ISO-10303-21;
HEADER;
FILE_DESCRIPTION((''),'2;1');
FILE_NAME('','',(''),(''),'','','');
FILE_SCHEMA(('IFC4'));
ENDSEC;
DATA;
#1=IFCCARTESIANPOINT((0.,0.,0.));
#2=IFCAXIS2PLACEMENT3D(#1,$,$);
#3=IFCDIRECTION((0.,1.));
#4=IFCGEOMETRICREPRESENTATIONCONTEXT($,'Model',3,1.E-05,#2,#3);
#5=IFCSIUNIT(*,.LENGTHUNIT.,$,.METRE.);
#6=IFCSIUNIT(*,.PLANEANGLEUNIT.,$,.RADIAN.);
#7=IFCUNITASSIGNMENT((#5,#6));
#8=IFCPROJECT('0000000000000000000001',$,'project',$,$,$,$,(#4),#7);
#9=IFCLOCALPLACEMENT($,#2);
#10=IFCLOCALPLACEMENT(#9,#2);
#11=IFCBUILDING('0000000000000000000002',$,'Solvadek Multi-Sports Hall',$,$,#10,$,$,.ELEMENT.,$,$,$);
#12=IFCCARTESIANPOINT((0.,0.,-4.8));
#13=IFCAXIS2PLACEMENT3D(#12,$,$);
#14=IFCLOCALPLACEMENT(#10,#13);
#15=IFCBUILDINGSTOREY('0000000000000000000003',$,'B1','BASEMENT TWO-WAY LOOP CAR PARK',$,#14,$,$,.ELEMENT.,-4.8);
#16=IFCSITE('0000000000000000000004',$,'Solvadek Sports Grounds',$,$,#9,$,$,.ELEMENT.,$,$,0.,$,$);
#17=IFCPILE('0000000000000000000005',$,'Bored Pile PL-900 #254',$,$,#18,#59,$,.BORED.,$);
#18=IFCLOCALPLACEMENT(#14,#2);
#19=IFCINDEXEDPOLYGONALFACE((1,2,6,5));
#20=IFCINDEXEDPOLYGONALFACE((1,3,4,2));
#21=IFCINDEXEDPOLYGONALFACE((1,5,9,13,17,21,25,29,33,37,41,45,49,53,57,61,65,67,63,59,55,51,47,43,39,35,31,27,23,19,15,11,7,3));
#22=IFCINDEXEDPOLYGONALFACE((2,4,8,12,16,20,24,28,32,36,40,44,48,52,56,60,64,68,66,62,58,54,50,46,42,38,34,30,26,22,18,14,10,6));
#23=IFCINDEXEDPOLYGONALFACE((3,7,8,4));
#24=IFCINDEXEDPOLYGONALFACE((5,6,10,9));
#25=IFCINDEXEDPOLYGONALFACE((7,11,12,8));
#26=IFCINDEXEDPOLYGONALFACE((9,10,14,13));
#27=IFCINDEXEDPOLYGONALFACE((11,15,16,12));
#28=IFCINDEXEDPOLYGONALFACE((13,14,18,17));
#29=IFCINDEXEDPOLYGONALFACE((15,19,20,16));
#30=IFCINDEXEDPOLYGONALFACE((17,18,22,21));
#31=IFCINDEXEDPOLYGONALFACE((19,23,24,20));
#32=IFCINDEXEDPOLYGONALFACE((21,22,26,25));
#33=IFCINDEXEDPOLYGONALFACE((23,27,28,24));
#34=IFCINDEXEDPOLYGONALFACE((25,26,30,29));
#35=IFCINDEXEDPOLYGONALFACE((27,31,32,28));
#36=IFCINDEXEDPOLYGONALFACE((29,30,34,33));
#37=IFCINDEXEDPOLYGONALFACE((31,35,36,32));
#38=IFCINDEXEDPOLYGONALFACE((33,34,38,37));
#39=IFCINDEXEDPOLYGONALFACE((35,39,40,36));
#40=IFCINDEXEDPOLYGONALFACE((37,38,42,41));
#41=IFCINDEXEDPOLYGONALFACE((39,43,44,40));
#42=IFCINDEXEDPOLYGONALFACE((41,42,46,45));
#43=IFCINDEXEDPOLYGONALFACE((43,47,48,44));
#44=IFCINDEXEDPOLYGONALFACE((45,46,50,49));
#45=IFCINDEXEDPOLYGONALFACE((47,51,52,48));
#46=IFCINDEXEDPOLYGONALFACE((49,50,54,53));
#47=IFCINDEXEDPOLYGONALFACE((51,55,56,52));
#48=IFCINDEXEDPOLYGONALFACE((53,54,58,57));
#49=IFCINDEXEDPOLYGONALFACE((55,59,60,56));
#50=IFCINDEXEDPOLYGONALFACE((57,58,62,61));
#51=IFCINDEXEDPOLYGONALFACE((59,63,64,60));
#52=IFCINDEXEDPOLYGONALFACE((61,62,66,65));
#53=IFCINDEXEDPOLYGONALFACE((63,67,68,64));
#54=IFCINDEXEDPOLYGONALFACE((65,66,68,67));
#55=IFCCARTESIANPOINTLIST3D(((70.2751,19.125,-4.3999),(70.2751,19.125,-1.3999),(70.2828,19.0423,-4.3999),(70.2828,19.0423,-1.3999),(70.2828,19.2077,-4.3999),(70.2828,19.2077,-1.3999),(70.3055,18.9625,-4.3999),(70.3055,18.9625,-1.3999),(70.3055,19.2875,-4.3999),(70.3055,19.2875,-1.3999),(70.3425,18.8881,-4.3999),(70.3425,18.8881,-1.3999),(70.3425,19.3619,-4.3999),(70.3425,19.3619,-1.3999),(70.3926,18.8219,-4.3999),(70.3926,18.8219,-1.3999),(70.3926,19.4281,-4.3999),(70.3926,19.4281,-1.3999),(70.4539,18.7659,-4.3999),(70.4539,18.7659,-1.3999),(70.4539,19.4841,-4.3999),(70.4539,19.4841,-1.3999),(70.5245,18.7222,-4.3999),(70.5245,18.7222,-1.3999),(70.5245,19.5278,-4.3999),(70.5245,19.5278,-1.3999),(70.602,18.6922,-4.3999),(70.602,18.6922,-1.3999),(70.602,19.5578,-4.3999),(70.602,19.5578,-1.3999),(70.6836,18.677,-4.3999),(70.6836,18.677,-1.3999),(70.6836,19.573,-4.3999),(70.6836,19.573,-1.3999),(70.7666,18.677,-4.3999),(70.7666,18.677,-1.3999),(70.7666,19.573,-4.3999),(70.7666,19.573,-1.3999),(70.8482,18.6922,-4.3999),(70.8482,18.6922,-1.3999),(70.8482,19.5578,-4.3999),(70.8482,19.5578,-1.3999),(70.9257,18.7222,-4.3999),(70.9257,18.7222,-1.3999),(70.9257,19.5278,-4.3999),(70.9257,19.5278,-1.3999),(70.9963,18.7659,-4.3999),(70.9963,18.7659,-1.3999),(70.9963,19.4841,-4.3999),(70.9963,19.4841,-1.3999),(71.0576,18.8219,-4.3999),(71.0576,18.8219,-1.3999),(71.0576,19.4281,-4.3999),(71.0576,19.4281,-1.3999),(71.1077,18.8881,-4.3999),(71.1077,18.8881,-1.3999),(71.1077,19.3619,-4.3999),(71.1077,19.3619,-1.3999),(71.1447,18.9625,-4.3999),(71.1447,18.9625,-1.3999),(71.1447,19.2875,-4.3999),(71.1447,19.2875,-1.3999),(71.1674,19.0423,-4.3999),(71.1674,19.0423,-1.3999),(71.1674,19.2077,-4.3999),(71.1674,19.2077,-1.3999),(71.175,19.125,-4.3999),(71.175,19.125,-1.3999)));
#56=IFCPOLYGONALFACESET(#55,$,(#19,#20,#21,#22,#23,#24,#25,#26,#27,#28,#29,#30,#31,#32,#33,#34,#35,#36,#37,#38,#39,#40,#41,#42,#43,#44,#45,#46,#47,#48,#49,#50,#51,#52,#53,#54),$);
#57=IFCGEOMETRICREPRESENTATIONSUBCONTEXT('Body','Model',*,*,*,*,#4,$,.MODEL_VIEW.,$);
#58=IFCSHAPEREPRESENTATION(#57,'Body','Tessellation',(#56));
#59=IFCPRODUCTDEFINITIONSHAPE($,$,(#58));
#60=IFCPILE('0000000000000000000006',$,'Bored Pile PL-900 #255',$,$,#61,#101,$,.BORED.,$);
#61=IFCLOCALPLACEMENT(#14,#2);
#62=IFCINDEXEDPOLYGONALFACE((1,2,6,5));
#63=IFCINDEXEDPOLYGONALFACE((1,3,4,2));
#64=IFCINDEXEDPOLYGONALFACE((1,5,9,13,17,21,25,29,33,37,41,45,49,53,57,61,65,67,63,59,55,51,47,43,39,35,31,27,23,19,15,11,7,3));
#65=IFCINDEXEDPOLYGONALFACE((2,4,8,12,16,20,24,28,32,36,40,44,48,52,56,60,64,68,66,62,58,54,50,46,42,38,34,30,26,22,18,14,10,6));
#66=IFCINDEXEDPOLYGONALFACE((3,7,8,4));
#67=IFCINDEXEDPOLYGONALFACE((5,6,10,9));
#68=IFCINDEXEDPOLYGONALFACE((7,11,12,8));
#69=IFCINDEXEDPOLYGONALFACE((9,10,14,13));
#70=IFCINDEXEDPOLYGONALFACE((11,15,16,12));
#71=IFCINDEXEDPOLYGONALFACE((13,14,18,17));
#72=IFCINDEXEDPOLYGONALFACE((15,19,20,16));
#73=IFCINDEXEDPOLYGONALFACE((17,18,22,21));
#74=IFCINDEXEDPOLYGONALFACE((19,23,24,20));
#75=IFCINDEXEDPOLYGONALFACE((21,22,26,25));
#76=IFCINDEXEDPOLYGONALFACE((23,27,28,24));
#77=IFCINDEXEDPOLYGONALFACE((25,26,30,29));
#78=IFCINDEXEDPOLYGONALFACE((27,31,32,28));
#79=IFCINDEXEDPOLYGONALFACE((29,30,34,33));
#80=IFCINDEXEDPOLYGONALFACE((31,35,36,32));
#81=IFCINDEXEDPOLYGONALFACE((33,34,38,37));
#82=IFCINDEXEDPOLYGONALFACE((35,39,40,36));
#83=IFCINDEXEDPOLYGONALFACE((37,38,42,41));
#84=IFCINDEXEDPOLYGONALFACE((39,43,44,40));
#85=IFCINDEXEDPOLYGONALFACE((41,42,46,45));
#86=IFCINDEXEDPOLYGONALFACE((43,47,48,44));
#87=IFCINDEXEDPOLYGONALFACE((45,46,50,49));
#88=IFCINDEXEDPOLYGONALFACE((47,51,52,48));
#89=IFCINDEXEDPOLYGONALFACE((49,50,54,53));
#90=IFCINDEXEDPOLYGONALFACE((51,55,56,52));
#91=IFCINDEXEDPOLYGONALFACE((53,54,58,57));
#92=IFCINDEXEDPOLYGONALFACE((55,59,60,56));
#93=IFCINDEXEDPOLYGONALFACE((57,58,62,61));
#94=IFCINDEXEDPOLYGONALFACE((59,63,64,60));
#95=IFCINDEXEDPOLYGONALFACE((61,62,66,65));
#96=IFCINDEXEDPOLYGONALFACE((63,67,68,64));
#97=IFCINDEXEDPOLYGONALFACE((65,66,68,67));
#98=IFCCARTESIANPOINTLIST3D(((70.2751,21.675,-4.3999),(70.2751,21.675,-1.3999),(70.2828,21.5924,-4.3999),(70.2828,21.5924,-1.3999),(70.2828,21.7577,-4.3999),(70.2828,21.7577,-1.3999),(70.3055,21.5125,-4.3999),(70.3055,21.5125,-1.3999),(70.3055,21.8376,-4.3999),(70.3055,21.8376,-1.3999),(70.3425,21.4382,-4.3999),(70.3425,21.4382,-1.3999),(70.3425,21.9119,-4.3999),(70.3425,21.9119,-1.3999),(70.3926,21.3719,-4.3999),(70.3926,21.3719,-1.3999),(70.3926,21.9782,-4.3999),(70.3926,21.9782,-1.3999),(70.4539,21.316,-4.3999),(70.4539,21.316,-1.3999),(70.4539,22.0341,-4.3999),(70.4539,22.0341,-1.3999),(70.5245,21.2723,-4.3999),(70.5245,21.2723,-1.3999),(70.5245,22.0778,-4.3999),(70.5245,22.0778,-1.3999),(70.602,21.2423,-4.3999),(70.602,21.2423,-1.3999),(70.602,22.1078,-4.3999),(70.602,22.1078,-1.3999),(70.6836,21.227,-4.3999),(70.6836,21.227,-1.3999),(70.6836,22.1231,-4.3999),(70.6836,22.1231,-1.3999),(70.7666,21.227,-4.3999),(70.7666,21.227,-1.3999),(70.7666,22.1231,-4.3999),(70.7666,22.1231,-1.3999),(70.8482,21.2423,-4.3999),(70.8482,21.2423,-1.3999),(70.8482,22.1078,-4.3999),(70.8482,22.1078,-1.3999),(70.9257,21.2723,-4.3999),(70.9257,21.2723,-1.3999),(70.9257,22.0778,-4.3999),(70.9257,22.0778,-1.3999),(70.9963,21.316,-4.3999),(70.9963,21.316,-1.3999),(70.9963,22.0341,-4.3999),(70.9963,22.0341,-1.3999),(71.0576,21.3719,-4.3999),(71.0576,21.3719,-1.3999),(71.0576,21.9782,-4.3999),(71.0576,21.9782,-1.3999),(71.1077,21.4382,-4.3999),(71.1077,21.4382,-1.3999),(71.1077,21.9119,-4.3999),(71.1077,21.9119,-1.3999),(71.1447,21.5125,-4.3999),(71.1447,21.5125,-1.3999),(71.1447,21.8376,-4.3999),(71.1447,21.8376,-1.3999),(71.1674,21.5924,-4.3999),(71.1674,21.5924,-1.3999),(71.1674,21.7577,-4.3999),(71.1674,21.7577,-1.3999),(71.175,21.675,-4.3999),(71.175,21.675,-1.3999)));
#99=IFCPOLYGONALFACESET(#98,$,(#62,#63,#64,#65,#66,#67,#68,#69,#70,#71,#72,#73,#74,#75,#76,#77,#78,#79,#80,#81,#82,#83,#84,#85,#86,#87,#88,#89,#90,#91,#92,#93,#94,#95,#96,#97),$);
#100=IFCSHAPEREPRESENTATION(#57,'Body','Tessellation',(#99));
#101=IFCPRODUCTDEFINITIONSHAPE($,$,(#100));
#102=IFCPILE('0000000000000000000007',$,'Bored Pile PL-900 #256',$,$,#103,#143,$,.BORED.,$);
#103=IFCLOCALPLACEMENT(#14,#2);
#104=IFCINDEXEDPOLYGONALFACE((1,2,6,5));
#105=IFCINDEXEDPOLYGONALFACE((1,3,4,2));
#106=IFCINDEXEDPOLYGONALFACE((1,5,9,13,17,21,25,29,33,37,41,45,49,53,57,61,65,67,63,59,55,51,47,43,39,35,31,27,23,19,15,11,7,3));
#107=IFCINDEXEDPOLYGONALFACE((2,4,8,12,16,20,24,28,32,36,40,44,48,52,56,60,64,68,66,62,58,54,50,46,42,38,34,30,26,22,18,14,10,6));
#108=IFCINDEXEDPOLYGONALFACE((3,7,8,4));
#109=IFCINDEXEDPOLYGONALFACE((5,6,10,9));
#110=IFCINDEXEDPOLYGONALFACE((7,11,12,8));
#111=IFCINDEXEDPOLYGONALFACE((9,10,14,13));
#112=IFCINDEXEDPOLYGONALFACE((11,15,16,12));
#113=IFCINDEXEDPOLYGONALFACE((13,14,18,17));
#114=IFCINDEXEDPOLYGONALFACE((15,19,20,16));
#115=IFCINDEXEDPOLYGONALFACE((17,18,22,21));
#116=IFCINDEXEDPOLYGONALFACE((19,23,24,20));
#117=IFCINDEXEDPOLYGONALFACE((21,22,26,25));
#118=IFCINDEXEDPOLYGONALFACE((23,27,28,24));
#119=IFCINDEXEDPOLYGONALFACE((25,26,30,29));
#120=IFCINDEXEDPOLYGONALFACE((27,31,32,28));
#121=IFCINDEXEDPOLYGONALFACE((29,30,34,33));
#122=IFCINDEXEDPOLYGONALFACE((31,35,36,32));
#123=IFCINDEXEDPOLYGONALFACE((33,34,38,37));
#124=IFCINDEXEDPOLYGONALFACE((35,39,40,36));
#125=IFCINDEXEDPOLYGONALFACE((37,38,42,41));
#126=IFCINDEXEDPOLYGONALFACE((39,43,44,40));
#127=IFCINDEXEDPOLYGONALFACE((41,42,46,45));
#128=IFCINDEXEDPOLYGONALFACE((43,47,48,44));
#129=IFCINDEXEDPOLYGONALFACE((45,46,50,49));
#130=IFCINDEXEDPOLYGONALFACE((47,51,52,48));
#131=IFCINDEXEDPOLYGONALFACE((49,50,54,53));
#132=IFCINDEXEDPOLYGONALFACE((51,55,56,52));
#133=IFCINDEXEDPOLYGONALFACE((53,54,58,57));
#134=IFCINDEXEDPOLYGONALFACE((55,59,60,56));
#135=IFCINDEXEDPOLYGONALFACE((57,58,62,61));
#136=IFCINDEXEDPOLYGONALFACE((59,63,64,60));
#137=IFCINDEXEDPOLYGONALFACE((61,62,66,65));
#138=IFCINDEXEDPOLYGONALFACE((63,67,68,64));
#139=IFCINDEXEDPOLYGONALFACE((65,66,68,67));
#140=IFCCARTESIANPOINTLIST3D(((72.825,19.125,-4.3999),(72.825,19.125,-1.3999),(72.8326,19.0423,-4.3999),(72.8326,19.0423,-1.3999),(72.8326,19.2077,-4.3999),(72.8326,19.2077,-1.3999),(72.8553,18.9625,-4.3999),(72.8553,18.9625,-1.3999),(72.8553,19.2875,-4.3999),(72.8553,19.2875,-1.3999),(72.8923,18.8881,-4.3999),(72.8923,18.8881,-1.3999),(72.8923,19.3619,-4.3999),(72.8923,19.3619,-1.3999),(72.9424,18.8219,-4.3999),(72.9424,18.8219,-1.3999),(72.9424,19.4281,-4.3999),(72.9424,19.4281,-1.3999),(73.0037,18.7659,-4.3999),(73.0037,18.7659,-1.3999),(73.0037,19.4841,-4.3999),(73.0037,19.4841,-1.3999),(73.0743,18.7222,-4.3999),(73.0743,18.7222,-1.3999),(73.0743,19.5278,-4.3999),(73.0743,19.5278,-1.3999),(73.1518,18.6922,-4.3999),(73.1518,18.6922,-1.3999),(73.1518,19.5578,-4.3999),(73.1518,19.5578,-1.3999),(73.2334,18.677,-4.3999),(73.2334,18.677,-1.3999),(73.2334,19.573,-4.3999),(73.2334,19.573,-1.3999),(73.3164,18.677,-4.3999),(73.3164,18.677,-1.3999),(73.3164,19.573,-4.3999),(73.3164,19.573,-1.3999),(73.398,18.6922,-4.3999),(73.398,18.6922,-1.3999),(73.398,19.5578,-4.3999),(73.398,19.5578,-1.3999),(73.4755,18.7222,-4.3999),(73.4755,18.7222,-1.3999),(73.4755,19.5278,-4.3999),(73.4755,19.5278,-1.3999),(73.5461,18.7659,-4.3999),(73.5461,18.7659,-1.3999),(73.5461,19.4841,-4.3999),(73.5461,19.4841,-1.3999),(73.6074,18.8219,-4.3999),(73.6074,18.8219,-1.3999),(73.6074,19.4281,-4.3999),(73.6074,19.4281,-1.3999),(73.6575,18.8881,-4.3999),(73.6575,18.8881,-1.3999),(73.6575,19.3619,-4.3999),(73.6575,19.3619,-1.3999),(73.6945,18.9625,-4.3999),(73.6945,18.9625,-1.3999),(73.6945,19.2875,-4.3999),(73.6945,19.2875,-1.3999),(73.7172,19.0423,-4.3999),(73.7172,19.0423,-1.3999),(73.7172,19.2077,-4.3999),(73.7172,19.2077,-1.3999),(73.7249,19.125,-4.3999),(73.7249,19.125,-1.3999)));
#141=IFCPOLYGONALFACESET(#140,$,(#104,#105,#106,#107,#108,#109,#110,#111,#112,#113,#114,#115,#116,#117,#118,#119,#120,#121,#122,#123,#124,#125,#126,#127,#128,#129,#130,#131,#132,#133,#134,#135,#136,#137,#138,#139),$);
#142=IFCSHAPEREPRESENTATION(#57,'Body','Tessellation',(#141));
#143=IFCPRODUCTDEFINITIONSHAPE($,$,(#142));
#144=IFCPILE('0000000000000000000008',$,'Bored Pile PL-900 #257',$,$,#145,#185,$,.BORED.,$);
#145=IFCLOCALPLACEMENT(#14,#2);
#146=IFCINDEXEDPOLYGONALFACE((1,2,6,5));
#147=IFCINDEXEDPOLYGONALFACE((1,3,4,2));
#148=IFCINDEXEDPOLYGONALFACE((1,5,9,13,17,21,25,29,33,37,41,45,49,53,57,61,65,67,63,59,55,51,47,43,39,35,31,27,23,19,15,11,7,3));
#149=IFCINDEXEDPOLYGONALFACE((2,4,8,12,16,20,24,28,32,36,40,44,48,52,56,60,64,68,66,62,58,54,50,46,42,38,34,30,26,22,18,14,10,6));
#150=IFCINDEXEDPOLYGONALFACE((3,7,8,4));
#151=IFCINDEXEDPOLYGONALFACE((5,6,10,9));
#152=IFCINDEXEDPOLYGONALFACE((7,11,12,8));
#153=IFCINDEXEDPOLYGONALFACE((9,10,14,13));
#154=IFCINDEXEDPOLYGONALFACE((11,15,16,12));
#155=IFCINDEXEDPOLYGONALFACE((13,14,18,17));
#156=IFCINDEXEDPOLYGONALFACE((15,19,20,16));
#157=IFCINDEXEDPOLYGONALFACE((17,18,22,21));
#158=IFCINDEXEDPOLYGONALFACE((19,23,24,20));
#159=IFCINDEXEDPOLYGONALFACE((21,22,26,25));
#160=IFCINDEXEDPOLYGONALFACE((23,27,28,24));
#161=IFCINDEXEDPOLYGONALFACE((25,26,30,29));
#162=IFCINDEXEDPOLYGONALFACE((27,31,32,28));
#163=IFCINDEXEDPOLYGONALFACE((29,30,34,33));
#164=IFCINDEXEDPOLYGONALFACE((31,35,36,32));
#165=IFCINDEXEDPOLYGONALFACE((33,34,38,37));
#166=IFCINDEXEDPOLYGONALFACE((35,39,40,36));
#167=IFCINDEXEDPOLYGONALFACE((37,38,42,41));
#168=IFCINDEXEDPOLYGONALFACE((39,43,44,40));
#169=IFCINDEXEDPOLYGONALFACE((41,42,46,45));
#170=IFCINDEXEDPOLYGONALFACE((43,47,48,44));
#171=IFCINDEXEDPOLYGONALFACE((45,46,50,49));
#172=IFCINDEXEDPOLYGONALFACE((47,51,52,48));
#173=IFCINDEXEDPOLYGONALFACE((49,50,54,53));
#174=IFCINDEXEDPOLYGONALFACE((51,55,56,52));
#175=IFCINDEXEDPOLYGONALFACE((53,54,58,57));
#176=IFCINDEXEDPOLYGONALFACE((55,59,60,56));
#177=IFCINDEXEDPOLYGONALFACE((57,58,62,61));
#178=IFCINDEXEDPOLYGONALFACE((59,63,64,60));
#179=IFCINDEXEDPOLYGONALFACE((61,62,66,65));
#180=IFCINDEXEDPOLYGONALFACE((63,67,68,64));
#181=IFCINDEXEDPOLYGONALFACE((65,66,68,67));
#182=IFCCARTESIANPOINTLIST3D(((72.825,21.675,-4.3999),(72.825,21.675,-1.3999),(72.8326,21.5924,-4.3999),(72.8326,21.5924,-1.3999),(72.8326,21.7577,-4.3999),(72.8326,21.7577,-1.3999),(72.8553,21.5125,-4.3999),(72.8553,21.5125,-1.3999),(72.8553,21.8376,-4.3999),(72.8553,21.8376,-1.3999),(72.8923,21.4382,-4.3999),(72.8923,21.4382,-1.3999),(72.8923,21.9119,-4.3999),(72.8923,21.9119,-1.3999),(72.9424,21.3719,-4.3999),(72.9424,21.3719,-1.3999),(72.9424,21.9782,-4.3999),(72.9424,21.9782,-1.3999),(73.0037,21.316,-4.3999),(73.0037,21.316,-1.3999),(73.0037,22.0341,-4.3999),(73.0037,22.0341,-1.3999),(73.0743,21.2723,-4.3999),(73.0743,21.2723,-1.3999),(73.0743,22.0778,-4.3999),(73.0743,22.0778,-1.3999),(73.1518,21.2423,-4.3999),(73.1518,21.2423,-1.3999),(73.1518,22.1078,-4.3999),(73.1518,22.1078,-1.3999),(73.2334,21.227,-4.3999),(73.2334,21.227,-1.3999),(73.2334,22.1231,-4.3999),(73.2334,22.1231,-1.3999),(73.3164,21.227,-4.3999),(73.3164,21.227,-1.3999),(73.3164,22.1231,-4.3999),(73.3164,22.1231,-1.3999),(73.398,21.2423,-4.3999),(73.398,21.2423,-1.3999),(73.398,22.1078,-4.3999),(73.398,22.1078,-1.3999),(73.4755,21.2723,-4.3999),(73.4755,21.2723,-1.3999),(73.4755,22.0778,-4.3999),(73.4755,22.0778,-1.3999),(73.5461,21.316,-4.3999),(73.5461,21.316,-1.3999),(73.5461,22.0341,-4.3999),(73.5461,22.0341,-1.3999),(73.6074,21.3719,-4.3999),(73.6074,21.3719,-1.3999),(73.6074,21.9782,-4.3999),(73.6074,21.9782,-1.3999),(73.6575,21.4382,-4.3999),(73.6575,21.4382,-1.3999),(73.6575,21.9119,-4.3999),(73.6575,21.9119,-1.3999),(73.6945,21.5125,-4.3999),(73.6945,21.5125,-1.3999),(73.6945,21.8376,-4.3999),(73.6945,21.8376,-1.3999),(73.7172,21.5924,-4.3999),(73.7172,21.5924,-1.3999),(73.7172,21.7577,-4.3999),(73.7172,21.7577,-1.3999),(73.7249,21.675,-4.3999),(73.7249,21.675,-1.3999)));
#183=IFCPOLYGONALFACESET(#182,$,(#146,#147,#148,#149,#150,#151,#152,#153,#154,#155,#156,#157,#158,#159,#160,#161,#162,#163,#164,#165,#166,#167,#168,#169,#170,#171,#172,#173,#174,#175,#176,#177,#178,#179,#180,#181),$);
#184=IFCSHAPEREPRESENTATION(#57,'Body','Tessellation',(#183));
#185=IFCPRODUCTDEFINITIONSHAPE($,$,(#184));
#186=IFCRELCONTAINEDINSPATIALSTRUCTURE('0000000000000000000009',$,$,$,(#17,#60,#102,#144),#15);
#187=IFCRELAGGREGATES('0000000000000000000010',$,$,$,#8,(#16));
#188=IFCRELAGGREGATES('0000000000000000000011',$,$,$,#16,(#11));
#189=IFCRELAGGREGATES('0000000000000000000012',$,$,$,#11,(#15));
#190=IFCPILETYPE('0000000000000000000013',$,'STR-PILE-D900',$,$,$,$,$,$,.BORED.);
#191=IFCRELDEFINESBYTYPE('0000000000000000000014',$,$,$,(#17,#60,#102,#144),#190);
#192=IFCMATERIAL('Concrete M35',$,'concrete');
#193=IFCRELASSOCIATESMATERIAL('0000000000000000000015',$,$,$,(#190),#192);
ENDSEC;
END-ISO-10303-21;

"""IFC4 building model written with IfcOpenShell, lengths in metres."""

from ifc_helpers import new_model, si_unit, direction, frame, origin, origin_2d, place, context, subcontext, project, spatial, circle, extrude, material, material_profile, profile_set, type_object, element, save


model = new_model("IFC4")

# Units and contexts
model_context = context("Model", 3, precision=1e-05, world=origin(), true_north=direction((0.0, 1.0)))
body_context = subcontext(model_context, "Body", "Model", "MODEL_VIEW")
ifc_project = project(units=[si_unit("LENGTHUNIT", "METRE"), si_unit("PLANEANGLEUNIT", "RADIAN")], contexts=[model_context])

# Site, building, storey
site_placement = place(None, origin())
site = spatial("IfcSite", under=ifc_project, at=site_placement, Name="Solvadek Sports Grounds", CompositionType="ELEMENT", RefElevation=0.0)
building_placement = place(site_placement, origin())
building = spatial("IfcBuilding", under=site, at=building_placement, Name="Solvadek Multi-Sports Hall", CompositionType="ELEMENT")
storey_placement = place(building_placement, frame((0.0, 0.0, -4.8)))
storey = spatial("IfcBuildingStorey", under=building, at=storey_placement, Name="B1", Description="BASEMENT TWO-WAY LOOP CAR PARK", CompositionType="ELEMENT", Elevation=-4.8)

# Piles
ifc_material_1 = material(Name="Concrete M35", Category="concrete")
ifc_material_profile_1 = material_profile(ifc_material_1, circle(Radius=0.45, at=origin_2d()), Name="BORED PILE D900")
ifc_profile_set_1 = profile_set([ifc_material_profile_1], Name="Concrete M35")
pile_type_1 = type_object("IfcPileType", Name="STR-PILE-D900", PredefinedType="BORED", material=ifc_profile_set_1)
for number, where, z_axis, x_axis, name in (
    (1, (70.7251, 19.125, -1.3999), (0.0, 0.0, -1.0), (1.0, 0.0, 0.0), "Bored Pile PL-900 #254"),
    (2, (70.7251, 21.675, -1.3999), (0.0, 0.0, -1.0), (1.0, 0.0, 0.0), "Bored Pile PL-900 #255"),
    (3, (73.2749, 19.125, -1.3999), (0.0, 0.0, -1.0), (1.0, 0.0, 0.0), "Bored Pile PL-900 #256"),
    (4, (73.2749, 21.675, -1.3999), (0.0, 0.0, -1.0), (1.0, 0.0, 0.0), "Bored Pile PL-900 #257"),
):
    element("IfcPile", number, at=place(storey_placement, frame(where, z_axis=z_axis, x_axis=x_axis)), inside=storey, type_object=pile_type_1, Name=name, PredefinedType="BORED", context=body_context, shape_type="SweptSolid", body=[
        extrude(circle(Radius=0.45, at=origin_2d()), origin(), (0.0, 0.0, 1.0), 3.0),
    ])

save(model, "model.ifc")
